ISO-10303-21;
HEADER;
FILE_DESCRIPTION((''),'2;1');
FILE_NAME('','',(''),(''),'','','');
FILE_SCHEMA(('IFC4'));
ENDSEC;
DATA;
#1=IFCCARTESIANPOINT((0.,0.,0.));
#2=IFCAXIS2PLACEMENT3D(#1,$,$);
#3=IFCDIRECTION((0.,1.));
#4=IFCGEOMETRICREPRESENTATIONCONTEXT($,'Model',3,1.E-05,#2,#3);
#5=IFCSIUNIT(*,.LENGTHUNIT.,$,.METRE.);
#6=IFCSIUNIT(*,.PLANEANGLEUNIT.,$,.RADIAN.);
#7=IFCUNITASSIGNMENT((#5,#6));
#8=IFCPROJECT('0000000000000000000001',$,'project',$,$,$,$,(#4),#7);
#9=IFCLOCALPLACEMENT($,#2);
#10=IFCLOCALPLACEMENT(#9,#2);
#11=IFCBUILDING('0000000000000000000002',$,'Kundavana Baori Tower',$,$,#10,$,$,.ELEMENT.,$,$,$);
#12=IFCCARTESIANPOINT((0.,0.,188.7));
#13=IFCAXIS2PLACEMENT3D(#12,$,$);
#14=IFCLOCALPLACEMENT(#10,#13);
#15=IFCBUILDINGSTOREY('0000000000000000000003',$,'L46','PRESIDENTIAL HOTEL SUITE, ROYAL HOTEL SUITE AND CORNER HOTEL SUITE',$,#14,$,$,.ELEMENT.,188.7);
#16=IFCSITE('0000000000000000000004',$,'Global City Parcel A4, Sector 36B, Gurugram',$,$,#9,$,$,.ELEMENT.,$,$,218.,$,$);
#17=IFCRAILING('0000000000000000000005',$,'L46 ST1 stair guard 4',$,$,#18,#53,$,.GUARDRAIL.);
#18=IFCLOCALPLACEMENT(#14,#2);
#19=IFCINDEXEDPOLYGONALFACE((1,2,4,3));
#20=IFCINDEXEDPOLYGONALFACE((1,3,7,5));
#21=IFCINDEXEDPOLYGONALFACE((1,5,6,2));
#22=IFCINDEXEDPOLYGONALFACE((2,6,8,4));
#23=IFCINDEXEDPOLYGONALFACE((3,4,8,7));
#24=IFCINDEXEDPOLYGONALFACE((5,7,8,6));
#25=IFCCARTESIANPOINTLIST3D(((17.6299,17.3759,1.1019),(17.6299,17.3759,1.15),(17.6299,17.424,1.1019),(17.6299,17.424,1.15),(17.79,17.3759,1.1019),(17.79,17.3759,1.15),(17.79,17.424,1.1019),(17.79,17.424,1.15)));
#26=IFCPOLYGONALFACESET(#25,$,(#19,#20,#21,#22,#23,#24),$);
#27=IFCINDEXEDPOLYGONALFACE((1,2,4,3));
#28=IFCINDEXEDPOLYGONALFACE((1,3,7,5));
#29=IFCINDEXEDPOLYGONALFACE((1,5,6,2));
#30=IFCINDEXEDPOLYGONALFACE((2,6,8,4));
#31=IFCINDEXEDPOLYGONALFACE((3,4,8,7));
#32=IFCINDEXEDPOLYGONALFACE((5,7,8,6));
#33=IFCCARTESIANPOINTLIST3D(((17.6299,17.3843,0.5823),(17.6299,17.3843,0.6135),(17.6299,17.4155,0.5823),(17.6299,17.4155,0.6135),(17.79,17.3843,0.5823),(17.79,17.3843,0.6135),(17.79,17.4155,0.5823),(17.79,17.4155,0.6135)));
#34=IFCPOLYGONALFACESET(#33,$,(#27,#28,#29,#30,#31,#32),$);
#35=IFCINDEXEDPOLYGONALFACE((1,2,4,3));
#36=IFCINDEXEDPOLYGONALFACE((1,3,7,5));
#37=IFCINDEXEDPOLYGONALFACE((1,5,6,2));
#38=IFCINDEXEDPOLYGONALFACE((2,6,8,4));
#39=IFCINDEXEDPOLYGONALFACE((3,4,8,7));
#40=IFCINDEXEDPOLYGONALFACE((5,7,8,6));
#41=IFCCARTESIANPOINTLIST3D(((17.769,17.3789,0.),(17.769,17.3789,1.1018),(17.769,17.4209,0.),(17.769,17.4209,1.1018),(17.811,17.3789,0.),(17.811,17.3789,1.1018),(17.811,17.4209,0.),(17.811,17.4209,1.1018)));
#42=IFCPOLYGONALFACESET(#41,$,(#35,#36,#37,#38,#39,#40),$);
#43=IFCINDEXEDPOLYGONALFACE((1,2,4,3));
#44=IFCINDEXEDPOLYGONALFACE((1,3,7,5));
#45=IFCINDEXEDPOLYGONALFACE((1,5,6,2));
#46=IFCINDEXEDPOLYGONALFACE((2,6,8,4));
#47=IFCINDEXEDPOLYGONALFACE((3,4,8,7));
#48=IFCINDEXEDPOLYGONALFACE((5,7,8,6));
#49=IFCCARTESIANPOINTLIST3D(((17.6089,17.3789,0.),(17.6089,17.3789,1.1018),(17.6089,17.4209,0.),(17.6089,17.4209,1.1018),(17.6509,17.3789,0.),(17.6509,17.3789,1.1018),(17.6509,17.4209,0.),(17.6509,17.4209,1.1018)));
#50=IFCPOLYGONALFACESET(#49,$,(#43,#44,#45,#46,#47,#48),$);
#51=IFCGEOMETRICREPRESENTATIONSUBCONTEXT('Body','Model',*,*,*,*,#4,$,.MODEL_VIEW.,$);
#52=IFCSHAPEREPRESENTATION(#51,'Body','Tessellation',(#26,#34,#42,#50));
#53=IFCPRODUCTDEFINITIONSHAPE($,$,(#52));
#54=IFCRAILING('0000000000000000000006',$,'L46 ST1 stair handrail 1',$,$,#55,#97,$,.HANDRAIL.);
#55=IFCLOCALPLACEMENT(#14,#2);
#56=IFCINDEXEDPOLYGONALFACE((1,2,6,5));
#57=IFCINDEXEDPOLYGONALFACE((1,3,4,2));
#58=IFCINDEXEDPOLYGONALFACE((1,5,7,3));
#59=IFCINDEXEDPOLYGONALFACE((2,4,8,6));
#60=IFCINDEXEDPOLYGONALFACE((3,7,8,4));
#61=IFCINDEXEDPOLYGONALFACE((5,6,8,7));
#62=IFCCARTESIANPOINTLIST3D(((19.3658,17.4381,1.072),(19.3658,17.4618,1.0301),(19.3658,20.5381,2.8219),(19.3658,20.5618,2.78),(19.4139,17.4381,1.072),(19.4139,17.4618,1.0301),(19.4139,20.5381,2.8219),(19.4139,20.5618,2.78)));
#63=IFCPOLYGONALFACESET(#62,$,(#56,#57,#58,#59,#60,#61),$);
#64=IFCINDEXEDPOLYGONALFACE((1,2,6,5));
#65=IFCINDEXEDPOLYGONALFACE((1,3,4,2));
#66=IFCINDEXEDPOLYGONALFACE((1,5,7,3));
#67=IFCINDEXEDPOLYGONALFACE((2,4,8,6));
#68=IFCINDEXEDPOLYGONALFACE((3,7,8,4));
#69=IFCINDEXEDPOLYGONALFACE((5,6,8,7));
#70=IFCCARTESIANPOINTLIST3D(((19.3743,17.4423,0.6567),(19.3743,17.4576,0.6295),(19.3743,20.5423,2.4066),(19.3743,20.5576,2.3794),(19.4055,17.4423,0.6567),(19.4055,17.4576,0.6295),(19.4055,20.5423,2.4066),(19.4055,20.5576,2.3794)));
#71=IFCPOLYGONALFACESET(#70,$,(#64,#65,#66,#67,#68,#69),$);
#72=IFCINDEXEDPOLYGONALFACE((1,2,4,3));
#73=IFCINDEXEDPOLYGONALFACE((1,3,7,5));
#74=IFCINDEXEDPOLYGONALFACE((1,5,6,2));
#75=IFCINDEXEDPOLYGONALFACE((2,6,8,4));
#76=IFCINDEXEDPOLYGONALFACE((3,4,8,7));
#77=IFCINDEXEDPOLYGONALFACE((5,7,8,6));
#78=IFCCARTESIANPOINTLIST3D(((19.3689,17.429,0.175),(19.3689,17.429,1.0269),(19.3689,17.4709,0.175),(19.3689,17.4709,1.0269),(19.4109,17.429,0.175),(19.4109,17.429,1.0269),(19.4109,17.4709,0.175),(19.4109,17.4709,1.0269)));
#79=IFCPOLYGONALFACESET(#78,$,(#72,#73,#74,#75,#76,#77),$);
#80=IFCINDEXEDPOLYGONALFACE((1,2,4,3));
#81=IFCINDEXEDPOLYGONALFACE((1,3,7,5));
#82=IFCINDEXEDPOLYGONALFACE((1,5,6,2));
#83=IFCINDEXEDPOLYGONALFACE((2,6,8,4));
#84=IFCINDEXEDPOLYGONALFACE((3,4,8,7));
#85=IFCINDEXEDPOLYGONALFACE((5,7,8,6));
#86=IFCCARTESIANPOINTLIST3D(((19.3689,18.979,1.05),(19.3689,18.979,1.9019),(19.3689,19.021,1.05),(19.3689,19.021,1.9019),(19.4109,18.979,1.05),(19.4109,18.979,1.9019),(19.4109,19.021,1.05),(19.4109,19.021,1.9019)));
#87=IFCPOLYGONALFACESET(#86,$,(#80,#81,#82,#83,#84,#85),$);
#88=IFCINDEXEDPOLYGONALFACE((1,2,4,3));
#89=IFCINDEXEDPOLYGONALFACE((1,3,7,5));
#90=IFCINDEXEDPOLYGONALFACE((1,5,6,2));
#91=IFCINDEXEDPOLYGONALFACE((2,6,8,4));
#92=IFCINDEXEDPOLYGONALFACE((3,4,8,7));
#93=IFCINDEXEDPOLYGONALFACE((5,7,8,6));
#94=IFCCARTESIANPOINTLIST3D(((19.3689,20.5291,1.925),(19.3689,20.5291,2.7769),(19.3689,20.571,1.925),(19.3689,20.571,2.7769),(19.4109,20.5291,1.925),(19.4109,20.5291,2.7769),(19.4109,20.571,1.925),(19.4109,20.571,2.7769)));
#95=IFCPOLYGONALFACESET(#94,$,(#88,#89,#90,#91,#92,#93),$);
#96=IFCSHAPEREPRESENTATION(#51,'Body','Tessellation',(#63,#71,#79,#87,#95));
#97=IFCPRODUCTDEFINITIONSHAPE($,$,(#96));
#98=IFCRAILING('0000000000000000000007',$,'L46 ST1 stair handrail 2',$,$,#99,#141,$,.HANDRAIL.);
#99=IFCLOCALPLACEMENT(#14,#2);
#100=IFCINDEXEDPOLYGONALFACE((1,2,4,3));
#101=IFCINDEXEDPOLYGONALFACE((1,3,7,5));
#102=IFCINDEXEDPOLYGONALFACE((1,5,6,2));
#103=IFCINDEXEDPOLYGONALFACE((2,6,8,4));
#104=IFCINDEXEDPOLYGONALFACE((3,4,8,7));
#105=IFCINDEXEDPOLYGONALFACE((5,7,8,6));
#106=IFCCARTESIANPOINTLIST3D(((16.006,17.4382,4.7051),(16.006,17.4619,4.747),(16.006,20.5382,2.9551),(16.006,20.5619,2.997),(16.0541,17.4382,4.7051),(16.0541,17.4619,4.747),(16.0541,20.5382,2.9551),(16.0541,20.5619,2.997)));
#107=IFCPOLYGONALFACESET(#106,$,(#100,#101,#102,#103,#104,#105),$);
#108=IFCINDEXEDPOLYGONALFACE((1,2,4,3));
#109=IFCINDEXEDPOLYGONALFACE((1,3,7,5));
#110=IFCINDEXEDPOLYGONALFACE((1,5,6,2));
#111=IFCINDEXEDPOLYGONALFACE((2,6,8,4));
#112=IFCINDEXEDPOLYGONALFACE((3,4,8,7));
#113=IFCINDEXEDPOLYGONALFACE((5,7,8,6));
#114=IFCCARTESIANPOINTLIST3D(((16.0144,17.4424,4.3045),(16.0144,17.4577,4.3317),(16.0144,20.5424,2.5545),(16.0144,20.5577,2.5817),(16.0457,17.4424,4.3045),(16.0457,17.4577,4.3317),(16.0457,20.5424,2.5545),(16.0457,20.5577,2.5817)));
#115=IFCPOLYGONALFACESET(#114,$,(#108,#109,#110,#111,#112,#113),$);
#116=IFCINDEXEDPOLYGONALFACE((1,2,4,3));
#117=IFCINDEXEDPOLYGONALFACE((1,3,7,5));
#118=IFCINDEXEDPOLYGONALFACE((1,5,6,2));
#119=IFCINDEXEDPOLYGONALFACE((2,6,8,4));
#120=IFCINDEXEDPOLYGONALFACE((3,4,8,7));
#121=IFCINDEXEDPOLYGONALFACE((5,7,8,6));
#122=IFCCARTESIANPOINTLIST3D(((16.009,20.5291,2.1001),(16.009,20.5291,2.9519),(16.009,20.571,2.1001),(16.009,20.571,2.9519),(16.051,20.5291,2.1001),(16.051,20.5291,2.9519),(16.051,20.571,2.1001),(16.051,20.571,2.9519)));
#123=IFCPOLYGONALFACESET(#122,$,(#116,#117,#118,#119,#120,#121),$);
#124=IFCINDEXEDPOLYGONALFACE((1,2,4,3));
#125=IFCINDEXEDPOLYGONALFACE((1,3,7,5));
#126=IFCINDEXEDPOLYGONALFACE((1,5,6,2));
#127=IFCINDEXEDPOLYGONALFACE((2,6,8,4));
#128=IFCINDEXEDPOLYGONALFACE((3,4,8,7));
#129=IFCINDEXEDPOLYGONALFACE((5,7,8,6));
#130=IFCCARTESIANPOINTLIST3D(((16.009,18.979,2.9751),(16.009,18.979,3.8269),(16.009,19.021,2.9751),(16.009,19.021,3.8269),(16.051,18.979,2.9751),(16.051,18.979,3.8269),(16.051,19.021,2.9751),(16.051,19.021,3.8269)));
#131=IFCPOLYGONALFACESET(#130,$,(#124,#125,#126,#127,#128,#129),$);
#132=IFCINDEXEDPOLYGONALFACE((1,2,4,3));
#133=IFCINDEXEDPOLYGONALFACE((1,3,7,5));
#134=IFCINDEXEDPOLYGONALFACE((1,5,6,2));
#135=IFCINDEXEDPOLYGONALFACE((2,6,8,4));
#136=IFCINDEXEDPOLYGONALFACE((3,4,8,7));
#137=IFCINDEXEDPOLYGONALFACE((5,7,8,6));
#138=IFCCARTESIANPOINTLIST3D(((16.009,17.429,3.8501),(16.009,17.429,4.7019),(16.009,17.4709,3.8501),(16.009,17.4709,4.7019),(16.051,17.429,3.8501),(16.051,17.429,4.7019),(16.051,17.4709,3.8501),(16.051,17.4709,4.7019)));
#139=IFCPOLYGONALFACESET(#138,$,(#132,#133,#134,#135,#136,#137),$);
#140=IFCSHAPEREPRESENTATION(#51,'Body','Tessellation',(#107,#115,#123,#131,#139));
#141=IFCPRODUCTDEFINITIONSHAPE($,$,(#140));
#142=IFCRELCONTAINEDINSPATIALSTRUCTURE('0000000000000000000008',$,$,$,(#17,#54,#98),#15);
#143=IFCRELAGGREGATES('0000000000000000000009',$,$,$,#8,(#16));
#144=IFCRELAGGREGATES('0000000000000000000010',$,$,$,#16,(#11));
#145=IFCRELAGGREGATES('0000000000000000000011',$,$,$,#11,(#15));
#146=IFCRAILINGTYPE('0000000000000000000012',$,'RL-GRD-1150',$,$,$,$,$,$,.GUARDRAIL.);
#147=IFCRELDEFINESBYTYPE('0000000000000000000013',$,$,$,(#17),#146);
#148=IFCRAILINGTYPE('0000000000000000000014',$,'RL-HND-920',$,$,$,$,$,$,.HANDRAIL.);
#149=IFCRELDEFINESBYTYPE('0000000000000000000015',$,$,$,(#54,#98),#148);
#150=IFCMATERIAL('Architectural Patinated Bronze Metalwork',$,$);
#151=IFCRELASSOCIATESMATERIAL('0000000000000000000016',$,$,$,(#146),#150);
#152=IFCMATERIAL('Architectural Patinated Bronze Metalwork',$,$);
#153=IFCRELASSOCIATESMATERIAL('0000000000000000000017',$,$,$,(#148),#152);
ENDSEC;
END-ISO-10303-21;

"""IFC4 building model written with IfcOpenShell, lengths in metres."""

from ifc_helpers import new_model, si_unit, direction, frame, origin, origin_2d, place, context, subcontext, project, spatial, rectangle, extrude, material, type_object, element, save


model = new_model("IFC4")

# Units and contexts
model_context = context("Model", 3, precision=1e-05, world=origin(), true_north=direction((0.0, 1.0)))
body_context = subcontext(model_context, "Body", "Model", "MODEL_VIEW")
ifc_project = project(units=[si_unit("LENGTHUNIT", "METRE"), si_unit("PLANEANGLEUNIT", "RADIAN")], contexts=[model_context])

# Site, building, storey
site_placement = place(None, origin())
site = spatial("IfcSite", under=ifc_project, at=site_placement, Name="Global City Parcel A4, Sector 36B, Gurugram", CompositionType="ELEMENT", RefElevation=218.0)
building_placement = place(site_placement, origin())
building = spatial("IfcBuilding", under=site, at=building_placement, Name="Kundavana Baori Tower", CompositionType="ELEMENT")
storey_placement = place(building_placement, frame((0.0, 0.0, 188.7)))
storey = spatial("IfcBuildingStorey", under=building, at=storey_placement, Name="L46", Description="PRESIDENTIAL HOTEL SUITE, ROYAL HOTEL SUITE AND CORNER HOTEL SUITE", CompositionType="ELEMENT", Elevation=188.7)

# Railings
ifc_material_1 = material(Name="Architectural Patinated Bronze Metalwork")
railing_type_1 = type_object("IfcRailingType", Name="RL-GRD-1150", PredefinedType="GUARDRAIL", material=ifc_material_1)
railing_1_placement = place(storey_placement, frame((17.79, 17.3999, 0.0)))
element("IfcRailing", 1, at=railing_1_placement, inside=storey, type_object=railing_type_1, Name="L46 ST1 stair guard 4", PredefinedType="GUARDRAIL", context=body_context, shape_type="SweptSolid", body=[
    extrude(rectangle(XDim=0.0481, YDim=0.0481, at=origin_2d()), frame((0.0, 0.0, 1.126), z_axis=(-1.0, 0.0, 0.0), x_axis=(0.0, -1.0, 0.0)), (0.0, 0.0, 1.0), 0.1602),
    extrude(rectangle(XDim=0.0312, YDim=0.0312, at=origin_2d()), frame((0.0, 0.0, 0.5979), z_axis=(-1.0, 0.0, 0.0), x_axis=(0.0, -1.0, 0.0)), (0.0, 0.0, 1.0), 0.1602),
    extrude(rectangle(XDim=0.042, YDim=0.042, at=origin_2d()), origin(), (0.0, 0.0, 1.0), 1.1018),
    extrude(rectangle(XDim=0.042, YDim=0.042, at=origin_2d()), frame((-0.1602, 0.0, 0.0)), (0.0, 0.0, 1.0), 1.1018),
])
ifc_material_2 = material(Name="Architectural Patinated Bronze Metalwork")
railing_type_2 = type_object("IfcRailingType", Name="RL-HND-920", PredefinedType="HANDRAIL", material=ifc_material_2)
railing_2_placement = place(storey_placement, frame((19.3899, 17.45, 0.175)))
element("IfcRailing", 2, at=railing_2_placement, inside=storey, type_object=railing_type_2, Name="L46 ST1 stair handrail 1", PredefinedType="HANDRAIL", context=body_context, shape_type="SweptSolid", body=[
    extrude(rectangle(XDim=0.0481, YDim=0.0481, at=origin_2d()), frame((0.0, 0.0, 0.876), z_axis=(0.0, 0.870831, 0.491583), x_axis=(-1.0, 0.0, 0.0)), (0.0, 0.0, 1.0), 3.5598),
    extrude(rectangle(XDim=0.0312, YDim=0.0312, at=origin_2d()), frame((0.0, 0.0, 0.468), z_axis=(0.0, 0.870831, 0.491583), x_axis=(-1.0, 0.0, 0.0)), (0.0, 0.0, 1.0), 3.5598),
    extrude(rectangle(XDim=0.042, YDim=0.042, at=origin_2d()), origin(), (0.0, 0.0, 1.0), 0.8518),
    extrude(rectangle(XDim=0.042, YDim=0.042, at=origin_2d()), frame((0.0, 1.55, 0.875)), (0.0, 0.0, 1.0), 0.8518),
    extrude(rectangle(XDim=0.042, YDim=0.042, at=origin_2d()), frame((0.0, 3.1001, 1.75)), (0.0, 0.0, 1.0), 0.8518),
])
railing_3_placement = place(storey_placement, frame((16.03, 20.55, 2.1001)))
element("IfcRailing", 3, at=railing_3_placement, inside=storey, type_object=railing_type_2, Name="L46 ST1 stair handrail 2", PredefinedType="HANDRAIL", context=body_context, shape_type="SweptSolid", body=[
    extrude(rectangle(XDim=0.0481, YDim=0.0481, at=origin_2d()), frame((0.0, 0.0, 0.876), z_axis=(0.0, -0.870831, 0.491583), x_axis=(1.0, 0.0, 0.0)), (0.0, 0.0, 1.0), 3.5598),
    extrude(rectangle(XDim=0.0312, YDim=0.0312, at=origin_2d()), frame((0.0, 0.0, 0.468), z_axis=(0.0, -0.870831, 0.491583), x_axis=(1.0, 0.0, 0.0)), (0.0, 0.0, 1.0), 3.5598),
    extrude(rectangle(XDim=0.042, YDim=0.042, at=origin_2d()), origin(), (0.0, 0.0, 1.0), 0.8518),
    extrude(rectangle(XDim=0.042, YDim=0.042, at=origin_2d()), frame((0.0, -1.55, 0.875)), (0.0, 0.0, 1.0), 0.8518),
    extrude(rectangle(XDim=0.042, YDim=0.042, at=origin_2d()), frame((0.0, -3.1001, 1.75)), (0.0, 0.0, 1.0), 0.8518),
])

save(model, "model.ifc")
